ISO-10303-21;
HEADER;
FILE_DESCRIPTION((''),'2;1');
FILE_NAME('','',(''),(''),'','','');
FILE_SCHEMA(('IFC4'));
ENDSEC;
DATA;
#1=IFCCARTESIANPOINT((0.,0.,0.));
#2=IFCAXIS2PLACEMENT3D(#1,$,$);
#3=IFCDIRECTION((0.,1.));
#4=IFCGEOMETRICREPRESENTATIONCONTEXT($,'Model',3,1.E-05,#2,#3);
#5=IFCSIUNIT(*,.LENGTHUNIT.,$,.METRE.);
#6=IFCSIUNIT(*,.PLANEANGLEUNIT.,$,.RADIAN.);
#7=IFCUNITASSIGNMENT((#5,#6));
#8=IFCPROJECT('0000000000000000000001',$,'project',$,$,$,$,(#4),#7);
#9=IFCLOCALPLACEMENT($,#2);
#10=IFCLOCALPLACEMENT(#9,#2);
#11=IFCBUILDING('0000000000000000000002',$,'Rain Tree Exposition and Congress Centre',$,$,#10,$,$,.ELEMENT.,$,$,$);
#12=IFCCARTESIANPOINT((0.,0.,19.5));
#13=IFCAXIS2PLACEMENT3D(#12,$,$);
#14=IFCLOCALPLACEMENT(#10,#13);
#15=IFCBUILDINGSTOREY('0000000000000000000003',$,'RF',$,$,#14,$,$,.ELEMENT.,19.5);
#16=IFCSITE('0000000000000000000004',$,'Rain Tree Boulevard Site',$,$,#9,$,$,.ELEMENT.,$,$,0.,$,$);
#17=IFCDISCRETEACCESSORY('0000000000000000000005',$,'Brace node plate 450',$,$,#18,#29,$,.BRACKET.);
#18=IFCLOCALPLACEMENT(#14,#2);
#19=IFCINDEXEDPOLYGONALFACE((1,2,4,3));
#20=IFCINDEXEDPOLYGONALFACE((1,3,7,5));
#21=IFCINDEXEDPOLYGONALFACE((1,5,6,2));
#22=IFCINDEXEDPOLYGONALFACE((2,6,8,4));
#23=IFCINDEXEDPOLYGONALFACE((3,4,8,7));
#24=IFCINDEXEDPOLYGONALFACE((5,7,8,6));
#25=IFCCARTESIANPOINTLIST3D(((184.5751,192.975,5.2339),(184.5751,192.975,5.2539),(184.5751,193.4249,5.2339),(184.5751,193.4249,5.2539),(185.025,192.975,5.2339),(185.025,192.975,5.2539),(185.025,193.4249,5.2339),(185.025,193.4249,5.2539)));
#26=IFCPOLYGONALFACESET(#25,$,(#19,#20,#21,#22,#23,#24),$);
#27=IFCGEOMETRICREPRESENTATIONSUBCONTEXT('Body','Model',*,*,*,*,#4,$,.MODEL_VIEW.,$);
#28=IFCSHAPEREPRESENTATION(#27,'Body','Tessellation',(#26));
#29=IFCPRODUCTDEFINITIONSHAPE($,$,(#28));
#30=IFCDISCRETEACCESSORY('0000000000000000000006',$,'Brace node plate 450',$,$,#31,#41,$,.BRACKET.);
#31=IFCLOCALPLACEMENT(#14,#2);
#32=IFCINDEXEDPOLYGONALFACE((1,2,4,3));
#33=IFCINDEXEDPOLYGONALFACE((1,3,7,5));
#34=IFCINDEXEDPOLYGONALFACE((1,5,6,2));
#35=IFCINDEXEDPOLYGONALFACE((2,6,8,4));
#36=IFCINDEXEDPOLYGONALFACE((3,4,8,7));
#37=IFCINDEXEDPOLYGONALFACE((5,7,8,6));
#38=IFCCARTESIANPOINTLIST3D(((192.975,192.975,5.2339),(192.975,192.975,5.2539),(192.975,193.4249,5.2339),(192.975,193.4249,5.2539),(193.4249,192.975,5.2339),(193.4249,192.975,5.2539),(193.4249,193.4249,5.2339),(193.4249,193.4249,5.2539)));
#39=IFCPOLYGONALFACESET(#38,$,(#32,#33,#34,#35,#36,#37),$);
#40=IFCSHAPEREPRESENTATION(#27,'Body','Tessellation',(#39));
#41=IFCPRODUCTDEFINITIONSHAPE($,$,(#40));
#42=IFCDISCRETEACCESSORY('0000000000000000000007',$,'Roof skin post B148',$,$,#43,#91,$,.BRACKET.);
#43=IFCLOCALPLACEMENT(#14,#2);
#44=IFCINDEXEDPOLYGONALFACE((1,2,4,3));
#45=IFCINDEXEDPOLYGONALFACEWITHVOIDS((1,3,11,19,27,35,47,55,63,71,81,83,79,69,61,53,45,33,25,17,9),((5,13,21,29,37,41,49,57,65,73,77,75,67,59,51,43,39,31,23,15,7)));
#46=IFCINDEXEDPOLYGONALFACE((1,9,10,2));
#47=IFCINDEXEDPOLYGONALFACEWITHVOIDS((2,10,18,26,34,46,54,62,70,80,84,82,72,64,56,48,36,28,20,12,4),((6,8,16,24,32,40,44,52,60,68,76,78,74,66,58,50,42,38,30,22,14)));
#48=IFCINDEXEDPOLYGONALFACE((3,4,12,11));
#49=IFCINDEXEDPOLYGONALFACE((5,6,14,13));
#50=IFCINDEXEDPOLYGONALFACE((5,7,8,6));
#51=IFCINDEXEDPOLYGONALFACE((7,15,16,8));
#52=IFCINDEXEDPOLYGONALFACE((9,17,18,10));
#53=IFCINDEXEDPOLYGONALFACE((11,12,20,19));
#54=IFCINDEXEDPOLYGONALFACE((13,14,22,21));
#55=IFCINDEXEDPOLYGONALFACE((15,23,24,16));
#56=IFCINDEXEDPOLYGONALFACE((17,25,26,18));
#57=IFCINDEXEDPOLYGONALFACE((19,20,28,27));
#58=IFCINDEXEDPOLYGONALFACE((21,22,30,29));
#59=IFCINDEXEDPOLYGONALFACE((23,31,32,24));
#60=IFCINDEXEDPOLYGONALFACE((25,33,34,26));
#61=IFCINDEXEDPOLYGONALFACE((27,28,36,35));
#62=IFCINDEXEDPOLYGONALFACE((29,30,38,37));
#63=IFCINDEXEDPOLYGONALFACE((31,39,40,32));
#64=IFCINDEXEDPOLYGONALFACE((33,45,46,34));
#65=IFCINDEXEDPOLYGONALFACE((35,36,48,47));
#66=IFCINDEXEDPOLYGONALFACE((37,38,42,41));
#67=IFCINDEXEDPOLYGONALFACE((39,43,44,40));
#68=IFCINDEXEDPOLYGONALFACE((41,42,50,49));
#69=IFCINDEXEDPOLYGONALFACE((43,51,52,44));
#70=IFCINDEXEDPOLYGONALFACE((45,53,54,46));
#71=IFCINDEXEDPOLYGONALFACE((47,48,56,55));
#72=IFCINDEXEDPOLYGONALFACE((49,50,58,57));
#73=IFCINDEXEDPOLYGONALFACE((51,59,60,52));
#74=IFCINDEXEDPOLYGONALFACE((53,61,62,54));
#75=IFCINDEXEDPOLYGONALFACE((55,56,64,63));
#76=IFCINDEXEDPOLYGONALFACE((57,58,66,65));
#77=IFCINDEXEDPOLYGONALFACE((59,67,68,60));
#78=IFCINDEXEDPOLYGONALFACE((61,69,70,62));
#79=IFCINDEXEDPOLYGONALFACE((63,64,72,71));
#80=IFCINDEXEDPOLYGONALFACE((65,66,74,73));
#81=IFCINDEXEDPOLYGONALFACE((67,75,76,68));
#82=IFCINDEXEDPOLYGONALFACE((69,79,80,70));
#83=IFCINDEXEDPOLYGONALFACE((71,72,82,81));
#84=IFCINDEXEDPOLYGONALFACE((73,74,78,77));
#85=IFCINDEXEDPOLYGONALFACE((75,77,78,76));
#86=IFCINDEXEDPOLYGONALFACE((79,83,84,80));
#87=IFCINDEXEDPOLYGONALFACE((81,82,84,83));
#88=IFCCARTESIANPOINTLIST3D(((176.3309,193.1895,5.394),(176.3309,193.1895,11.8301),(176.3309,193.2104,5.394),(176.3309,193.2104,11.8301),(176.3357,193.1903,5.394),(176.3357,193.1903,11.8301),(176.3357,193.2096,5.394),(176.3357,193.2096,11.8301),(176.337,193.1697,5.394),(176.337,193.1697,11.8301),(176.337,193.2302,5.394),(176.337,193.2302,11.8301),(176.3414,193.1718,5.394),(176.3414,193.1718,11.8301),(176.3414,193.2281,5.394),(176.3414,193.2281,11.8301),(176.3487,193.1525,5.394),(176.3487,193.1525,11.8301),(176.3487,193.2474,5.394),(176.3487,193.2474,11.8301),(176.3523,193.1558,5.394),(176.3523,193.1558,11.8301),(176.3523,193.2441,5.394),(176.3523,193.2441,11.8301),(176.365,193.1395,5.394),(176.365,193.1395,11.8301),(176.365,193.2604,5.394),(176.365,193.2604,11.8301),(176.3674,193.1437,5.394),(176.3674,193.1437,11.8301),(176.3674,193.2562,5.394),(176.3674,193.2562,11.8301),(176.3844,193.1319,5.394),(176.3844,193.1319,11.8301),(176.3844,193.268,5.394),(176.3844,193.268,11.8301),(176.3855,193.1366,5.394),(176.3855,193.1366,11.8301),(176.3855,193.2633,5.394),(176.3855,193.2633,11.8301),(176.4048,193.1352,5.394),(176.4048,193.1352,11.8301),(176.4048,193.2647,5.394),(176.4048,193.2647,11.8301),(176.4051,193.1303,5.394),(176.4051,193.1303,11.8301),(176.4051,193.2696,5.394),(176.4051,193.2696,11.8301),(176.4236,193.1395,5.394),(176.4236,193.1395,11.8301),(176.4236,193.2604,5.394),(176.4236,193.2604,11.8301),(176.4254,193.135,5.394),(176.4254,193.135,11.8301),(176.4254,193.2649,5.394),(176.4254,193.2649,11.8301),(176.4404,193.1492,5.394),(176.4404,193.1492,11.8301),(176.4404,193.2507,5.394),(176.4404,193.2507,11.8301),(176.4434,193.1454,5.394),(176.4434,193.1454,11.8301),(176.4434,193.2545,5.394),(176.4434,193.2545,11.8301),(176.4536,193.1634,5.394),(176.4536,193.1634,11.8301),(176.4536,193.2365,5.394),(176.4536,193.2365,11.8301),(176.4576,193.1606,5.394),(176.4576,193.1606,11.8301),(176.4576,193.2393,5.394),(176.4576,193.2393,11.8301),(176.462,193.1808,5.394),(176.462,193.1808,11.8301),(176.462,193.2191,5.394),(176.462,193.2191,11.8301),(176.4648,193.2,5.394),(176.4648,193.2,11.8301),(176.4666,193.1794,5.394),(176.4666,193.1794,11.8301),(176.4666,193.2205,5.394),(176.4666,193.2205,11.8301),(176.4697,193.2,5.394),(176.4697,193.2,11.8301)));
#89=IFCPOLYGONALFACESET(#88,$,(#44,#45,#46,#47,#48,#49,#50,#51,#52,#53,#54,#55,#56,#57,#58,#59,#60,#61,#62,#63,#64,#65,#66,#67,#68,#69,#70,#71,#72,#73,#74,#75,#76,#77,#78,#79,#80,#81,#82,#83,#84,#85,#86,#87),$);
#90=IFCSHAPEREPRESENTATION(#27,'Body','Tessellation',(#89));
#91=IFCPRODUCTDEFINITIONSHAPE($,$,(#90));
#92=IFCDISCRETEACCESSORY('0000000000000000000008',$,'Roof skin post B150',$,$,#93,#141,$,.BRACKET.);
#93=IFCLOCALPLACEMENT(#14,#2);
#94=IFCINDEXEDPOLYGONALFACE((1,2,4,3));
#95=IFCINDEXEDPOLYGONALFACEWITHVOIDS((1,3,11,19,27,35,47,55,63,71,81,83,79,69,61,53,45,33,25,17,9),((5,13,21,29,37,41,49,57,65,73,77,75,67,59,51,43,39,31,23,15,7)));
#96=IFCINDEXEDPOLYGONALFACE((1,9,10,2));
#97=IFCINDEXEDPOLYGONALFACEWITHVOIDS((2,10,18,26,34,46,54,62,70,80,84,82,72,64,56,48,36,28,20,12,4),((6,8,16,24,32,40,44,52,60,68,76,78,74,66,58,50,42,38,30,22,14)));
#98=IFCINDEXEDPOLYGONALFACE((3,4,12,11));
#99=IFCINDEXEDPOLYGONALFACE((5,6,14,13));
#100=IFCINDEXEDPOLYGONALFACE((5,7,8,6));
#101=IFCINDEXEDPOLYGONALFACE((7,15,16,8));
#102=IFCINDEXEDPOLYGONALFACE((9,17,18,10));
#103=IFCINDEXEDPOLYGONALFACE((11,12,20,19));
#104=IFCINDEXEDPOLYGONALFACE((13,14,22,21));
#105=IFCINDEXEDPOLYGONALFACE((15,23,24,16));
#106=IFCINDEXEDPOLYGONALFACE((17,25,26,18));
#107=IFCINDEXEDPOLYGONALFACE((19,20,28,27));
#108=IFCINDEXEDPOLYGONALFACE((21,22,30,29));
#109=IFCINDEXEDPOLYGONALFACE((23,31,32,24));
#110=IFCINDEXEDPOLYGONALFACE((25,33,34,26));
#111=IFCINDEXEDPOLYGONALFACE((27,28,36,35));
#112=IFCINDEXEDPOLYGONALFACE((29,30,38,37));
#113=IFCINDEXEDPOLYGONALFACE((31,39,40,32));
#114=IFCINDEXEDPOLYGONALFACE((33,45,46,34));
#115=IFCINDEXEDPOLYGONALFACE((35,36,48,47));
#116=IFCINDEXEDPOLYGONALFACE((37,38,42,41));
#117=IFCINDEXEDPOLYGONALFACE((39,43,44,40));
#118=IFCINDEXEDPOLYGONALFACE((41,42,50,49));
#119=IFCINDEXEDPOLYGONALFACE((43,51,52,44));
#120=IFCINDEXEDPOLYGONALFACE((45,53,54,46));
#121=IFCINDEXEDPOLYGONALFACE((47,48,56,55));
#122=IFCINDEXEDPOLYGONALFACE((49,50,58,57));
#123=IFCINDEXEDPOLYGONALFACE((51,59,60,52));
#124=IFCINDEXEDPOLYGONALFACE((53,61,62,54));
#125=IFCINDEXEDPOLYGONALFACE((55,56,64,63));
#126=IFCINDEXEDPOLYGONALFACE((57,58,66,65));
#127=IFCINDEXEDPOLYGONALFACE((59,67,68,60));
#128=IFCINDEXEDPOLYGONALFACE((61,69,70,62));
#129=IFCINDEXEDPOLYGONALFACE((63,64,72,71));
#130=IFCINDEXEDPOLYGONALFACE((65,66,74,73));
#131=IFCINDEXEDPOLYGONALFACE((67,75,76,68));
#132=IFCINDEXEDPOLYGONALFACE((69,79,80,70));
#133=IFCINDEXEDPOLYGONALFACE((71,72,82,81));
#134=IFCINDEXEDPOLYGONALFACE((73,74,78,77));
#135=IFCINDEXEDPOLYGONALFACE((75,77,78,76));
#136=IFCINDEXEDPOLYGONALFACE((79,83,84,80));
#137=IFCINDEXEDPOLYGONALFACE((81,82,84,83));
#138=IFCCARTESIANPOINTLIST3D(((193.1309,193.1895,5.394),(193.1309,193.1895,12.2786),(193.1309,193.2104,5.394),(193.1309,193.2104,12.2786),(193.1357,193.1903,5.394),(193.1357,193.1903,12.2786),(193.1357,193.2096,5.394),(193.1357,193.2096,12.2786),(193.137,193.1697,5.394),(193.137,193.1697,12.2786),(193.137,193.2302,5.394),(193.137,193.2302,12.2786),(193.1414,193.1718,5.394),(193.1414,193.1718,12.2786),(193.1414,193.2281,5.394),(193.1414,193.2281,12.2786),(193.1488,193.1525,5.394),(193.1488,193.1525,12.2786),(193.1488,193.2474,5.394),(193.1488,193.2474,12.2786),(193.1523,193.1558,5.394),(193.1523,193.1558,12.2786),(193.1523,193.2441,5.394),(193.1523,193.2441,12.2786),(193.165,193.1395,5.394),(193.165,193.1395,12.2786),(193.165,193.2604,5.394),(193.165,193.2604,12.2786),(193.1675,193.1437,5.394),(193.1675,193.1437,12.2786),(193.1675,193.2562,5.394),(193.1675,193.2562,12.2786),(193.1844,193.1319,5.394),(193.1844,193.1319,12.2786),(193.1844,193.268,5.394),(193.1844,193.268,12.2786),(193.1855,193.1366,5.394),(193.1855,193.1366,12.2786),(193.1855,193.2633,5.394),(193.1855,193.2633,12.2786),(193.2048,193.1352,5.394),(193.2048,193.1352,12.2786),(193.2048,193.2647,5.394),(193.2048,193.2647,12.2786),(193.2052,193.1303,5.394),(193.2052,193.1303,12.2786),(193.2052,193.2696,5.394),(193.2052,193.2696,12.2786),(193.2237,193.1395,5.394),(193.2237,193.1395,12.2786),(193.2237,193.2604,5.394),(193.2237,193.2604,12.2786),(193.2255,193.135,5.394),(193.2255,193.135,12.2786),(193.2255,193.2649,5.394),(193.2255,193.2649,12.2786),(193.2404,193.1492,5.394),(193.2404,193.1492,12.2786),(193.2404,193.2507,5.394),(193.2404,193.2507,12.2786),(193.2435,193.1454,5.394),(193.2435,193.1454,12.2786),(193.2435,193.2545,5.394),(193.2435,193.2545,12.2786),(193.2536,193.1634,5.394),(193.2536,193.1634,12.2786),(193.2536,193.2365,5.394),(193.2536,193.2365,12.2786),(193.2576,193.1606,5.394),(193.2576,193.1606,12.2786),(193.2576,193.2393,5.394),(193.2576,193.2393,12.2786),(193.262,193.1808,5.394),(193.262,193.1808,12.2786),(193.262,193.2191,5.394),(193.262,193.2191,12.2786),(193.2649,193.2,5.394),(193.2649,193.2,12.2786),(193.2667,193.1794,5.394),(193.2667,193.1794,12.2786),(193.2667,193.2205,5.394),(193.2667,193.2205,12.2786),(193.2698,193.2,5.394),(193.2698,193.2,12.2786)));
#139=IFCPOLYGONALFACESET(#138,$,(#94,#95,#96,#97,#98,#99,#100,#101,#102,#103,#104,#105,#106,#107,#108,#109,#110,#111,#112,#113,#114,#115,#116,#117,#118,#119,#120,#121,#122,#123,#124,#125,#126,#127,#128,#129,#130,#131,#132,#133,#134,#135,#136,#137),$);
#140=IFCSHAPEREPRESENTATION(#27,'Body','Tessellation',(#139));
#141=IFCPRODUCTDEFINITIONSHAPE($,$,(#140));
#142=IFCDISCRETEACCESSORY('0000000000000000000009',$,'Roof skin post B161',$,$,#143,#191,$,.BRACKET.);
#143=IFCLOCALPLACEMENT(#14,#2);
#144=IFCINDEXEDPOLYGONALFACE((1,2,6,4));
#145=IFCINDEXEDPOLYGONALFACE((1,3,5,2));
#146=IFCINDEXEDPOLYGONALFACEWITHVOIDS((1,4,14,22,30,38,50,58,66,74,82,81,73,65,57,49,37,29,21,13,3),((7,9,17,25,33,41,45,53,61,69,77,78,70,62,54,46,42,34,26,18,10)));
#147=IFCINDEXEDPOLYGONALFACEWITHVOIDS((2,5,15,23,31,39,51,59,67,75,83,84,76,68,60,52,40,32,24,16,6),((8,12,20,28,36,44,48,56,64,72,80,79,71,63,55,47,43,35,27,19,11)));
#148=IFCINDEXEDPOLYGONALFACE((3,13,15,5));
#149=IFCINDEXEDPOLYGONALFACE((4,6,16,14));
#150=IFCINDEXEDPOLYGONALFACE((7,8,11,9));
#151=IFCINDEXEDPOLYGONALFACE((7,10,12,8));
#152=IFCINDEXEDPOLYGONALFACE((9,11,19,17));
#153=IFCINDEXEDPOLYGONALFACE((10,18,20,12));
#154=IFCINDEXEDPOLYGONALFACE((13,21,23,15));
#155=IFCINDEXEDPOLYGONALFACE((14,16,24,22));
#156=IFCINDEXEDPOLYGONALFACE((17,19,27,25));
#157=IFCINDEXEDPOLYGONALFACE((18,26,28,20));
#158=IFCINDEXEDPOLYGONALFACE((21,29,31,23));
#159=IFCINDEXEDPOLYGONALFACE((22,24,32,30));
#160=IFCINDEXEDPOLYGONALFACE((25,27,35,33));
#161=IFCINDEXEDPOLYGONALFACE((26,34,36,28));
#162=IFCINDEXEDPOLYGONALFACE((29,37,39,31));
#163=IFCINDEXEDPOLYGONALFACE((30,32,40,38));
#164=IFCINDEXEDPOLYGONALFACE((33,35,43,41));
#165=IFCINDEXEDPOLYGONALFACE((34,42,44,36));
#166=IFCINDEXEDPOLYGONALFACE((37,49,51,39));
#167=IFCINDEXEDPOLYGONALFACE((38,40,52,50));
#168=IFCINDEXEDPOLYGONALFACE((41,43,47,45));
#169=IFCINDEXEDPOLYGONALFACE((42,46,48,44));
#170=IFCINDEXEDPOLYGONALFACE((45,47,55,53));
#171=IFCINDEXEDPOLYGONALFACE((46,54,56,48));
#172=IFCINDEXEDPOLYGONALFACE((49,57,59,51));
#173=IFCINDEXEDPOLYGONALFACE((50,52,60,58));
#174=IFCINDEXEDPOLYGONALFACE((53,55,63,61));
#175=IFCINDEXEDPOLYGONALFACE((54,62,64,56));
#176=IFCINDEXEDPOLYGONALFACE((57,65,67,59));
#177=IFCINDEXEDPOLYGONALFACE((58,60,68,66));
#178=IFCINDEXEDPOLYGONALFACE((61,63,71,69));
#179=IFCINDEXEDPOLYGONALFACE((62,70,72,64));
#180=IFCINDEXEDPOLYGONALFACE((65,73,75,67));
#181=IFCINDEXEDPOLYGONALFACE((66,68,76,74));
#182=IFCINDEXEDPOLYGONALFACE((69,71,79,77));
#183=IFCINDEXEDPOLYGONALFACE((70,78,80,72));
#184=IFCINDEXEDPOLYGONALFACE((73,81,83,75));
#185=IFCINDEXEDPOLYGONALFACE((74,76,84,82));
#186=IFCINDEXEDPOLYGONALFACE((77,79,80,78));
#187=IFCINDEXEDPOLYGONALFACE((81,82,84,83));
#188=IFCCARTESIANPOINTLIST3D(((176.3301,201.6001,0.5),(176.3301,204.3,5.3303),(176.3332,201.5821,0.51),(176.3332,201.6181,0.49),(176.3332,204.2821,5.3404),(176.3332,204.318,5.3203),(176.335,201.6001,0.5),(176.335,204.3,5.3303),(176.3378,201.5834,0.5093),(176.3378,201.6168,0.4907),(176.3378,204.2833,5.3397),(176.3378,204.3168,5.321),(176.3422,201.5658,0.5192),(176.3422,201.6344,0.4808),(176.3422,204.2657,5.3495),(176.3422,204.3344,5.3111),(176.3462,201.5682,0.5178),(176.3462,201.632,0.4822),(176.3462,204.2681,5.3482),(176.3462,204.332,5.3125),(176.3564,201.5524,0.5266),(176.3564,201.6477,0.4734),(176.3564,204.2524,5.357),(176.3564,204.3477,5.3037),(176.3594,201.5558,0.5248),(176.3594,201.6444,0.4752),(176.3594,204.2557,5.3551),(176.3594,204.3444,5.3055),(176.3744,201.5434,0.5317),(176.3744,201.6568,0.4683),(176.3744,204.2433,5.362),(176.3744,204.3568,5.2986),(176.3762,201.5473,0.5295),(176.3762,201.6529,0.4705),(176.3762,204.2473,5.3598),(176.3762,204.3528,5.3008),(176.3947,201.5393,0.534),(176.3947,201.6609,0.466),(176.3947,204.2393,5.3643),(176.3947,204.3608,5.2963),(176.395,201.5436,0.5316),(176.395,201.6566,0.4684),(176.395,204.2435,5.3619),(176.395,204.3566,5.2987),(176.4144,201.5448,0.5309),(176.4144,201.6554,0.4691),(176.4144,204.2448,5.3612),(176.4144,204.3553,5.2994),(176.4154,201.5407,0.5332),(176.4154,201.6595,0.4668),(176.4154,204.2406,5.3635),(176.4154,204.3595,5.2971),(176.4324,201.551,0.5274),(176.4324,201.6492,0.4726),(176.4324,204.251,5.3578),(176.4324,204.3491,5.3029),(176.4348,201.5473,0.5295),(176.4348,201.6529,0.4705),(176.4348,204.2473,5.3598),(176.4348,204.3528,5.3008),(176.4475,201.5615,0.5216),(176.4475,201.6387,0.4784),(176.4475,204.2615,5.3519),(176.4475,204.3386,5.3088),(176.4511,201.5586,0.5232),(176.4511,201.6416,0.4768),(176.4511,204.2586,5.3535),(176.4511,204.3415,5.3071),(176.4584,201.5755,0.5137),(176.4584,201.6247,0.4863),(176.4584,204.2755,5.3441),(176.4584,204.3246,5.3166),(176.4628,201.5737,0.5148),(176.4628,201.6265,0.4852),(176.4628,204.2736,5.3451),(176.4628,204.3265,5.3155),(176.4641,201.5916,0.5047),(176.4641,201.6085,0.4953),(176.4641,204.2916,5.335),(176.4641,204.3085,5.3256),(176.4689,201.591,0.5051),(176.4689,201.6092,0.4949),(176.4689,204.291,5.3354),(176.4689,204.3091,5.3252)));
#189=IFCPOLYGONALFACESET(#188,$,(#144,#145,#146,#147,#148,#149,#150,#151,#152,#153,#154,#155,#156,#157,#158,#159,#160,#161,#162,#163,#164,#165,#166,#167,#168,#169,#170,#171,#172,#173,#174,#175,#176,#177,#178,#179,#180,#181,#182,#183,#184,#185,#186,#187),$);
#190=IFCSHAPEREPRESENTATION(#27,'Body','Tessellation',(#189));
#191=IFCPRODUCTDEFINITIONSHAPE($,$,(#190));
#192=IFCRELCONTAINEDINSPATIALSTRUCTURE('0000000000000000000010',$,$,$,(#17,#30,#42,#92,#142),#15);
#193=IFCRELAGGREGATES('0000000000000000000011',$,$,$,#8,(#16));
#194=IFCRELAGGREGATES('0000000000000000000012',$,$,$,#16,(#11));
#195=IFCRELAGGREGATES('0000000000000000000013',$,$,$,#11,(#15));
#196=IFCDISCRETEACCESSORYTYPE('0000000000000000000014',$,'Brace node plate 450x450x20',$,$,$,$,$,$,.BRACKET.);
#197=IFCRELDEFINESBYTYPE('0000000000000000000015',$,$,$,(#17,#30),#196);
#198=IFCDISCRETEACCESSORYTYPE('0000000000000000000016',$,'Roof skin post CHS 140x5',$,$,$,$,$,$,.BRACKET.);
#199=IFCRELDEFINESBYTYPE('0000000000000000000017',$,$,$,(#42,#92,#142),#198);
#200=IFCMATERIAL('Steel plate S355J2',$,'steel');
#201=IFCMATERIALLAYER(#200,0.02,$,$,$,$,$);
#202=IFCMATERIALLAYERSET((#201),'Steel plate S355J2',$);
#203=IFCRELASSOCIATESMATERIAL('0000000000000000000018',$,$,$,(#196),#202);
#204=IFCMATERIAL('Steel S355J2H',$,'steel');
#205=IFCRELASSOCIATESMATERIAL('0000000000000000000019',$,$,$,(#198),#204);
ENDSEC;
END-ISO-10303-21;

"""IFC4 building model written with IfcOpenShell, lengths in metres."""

from ifc_helpers import new_model, si_unit, direction, frame, origin, origin_2d, place, context, subcontext, project, spatial, rectangle, hollow_circle, extrude, material, layer, layer_set, material_profile, profile_set, type_object, element, save


model = new_model("IFC4")

# Units and contexts
model_context = context("Model", 3, precision=1e-05, world=origin(), true_north=direction((0.0, 1.0)))
body_context = subcontext(model_context, "Body", "Model", "MODEL_VIEW")
ifc_project = project(units=[si_unit("LENGTHUNIT", "METRE"), si_unit("PLANEANGLEUNIT", "RADIAN")], contexts=[model_context])

# Site, building, storey
site_placement = place(None, origin())
site = spatial("IfcSite", under=ifc_project, at=site_placement, Name="Rain Tree Boulevard Site", CompositionType="ELEMENT", RefElevation=0.0)
building_placement = place(site_placement, origin())
building = spatial("IfcBuilding", under=site, at=building_placement, Name="Rain Tree Exposition and Congress Centre", CompositionType="ELEMENT")
storey_placement = place(building_placement, frame((0.0, 0.0, 19.5)))
storey = spatial("IfcBuildingStorey", under=building, at=storey_placement, Name="RF", CompositionType="ELEMENT", Elevation=19.5)

# Discrete accessories
ifc_material_1 = material(Name="Steel plate S355J2", Category="steel")
ifc_layer_1 = layer(ifc_material_1, 0.02)
ifc_layer_set_1 = layer_set([ifc_layer_1], Name="Steel plate S355J2")
discrete_accessory_type_1 = type_object("IfcDiscreteAccessoryType", Name="Brace node plate 450x450x20", PredefinedType="BRACKET", material=ifc_layer_set_1)
for number, where, z_axis, x_axis, name in (
    (1, (184.8, 193.2, 5.2339), (0.0, 0.0, 1.0), (1.0, 0.0, 0.0), "Brace node plate 450"),
    (2, (193.2, 193.2, 5.2339), (0.0, 0.0, 1.0), (1.0, 0.0, 0.0), "Brace node plate 450"),
):
    element("IfcDiscreteAccessory", number, at=place(storey_placement, frame(where, z_axis=z_axis, x_axis=x_axis)), inside=storey, type_object=discrete_accessory_type_1, Name=name, PredefinedType="BRACKET", context=body_context, shape_type="SweptSolid", body=[
        extrude(rectangle(XDim=0.45, YDim=0.45, at=origin_2d()), origin(), (0.0, 0.0, 1.0), 0.02),
    ])
ifc_material_2 = material(Name="Steel S355J2H", Category="steel")
ifc_material_profile_1 = material_profile(ifc_material_2, hollow_circle(Radius=0.0698, WallThickness=0.0049, at=origin_2d()), Name="CHS 140x5")
ifc_profile_set_1 = profile_set([ifc_material_profile_1], Name="Steel S355J2H")
discrete_accessory_type_2 = type_object("IfcDiscreteAccessoryType", Name="Roof skin post CHS 140x5", PredefinedType="BRACKET", material=ifc_profile_set_1)
discrete_accessory_1_placement = place(storey_placement, frame((176.3999, 193.2, 5.394), z_axis=(0.0, 0.0, 1.0), x_axis=(1.0, 0.0, 0.0)))
element("IfcDiscreteAccessory", 3, at=discrete_accessory_1_placement, inside=storey, type_object=discrete_accessory_type_2, Name="Roof skin post B148", PredefinedType="BRACKET", context=body_context, shape_type="SweptSolid", body=[
    extrude(hollow_circle(Radius=0.0698, WallThickness=0.0049, at=origin_2d()), origin(), (0.0, 0.0, 1.0), 6.436),
])
discrete_accessory_2_placement = place(storey_placement, frame((193.2, 193.2, 5.394), z_axis=(0.0, 0.0, 1.0), x_axis=(1.0, 0.0, 0.0)))
element("IfcDiscreteAccessory", 4, at=discrete_accessory_2_placement, inside=storey, type_object=discrete_accessory_type_2, Name="Roof skin post B150", PredefinedType="BRACKET", context=body_context, shape_type="SweptSolid", body=[
    extrude(hollow_circle(Radius=0.0698, WallThickness=0.0049, at=origin_2d()), origin(), (0.0, 0.0, 1.0), 6.8845),
])
discrete_accessory_3_placement = place(storey_placement, frame((176.3999, 201.6001, 0.5), z_axis=(0.0, 0.487911, 0.872893), x_axis=(-1.0, 0.0, 0.0)))
element("IfcDiscreteAccessory", 5, at=discrete_accessory_3_placement, inside=storey, type_object=discrete_accessory_type_2, Name="Roof skin post B161", PredefinedType="BRACKET", context=body_context, shape_type="SweptSolid", body=[
    extrude(hollow_circle(Radius=0.0698, WallThickness=0.0049, at=origin_2d()), origin(), (0.0, 0.0, 1.0), 5.5337),
])

save(model, "model.ifc")
